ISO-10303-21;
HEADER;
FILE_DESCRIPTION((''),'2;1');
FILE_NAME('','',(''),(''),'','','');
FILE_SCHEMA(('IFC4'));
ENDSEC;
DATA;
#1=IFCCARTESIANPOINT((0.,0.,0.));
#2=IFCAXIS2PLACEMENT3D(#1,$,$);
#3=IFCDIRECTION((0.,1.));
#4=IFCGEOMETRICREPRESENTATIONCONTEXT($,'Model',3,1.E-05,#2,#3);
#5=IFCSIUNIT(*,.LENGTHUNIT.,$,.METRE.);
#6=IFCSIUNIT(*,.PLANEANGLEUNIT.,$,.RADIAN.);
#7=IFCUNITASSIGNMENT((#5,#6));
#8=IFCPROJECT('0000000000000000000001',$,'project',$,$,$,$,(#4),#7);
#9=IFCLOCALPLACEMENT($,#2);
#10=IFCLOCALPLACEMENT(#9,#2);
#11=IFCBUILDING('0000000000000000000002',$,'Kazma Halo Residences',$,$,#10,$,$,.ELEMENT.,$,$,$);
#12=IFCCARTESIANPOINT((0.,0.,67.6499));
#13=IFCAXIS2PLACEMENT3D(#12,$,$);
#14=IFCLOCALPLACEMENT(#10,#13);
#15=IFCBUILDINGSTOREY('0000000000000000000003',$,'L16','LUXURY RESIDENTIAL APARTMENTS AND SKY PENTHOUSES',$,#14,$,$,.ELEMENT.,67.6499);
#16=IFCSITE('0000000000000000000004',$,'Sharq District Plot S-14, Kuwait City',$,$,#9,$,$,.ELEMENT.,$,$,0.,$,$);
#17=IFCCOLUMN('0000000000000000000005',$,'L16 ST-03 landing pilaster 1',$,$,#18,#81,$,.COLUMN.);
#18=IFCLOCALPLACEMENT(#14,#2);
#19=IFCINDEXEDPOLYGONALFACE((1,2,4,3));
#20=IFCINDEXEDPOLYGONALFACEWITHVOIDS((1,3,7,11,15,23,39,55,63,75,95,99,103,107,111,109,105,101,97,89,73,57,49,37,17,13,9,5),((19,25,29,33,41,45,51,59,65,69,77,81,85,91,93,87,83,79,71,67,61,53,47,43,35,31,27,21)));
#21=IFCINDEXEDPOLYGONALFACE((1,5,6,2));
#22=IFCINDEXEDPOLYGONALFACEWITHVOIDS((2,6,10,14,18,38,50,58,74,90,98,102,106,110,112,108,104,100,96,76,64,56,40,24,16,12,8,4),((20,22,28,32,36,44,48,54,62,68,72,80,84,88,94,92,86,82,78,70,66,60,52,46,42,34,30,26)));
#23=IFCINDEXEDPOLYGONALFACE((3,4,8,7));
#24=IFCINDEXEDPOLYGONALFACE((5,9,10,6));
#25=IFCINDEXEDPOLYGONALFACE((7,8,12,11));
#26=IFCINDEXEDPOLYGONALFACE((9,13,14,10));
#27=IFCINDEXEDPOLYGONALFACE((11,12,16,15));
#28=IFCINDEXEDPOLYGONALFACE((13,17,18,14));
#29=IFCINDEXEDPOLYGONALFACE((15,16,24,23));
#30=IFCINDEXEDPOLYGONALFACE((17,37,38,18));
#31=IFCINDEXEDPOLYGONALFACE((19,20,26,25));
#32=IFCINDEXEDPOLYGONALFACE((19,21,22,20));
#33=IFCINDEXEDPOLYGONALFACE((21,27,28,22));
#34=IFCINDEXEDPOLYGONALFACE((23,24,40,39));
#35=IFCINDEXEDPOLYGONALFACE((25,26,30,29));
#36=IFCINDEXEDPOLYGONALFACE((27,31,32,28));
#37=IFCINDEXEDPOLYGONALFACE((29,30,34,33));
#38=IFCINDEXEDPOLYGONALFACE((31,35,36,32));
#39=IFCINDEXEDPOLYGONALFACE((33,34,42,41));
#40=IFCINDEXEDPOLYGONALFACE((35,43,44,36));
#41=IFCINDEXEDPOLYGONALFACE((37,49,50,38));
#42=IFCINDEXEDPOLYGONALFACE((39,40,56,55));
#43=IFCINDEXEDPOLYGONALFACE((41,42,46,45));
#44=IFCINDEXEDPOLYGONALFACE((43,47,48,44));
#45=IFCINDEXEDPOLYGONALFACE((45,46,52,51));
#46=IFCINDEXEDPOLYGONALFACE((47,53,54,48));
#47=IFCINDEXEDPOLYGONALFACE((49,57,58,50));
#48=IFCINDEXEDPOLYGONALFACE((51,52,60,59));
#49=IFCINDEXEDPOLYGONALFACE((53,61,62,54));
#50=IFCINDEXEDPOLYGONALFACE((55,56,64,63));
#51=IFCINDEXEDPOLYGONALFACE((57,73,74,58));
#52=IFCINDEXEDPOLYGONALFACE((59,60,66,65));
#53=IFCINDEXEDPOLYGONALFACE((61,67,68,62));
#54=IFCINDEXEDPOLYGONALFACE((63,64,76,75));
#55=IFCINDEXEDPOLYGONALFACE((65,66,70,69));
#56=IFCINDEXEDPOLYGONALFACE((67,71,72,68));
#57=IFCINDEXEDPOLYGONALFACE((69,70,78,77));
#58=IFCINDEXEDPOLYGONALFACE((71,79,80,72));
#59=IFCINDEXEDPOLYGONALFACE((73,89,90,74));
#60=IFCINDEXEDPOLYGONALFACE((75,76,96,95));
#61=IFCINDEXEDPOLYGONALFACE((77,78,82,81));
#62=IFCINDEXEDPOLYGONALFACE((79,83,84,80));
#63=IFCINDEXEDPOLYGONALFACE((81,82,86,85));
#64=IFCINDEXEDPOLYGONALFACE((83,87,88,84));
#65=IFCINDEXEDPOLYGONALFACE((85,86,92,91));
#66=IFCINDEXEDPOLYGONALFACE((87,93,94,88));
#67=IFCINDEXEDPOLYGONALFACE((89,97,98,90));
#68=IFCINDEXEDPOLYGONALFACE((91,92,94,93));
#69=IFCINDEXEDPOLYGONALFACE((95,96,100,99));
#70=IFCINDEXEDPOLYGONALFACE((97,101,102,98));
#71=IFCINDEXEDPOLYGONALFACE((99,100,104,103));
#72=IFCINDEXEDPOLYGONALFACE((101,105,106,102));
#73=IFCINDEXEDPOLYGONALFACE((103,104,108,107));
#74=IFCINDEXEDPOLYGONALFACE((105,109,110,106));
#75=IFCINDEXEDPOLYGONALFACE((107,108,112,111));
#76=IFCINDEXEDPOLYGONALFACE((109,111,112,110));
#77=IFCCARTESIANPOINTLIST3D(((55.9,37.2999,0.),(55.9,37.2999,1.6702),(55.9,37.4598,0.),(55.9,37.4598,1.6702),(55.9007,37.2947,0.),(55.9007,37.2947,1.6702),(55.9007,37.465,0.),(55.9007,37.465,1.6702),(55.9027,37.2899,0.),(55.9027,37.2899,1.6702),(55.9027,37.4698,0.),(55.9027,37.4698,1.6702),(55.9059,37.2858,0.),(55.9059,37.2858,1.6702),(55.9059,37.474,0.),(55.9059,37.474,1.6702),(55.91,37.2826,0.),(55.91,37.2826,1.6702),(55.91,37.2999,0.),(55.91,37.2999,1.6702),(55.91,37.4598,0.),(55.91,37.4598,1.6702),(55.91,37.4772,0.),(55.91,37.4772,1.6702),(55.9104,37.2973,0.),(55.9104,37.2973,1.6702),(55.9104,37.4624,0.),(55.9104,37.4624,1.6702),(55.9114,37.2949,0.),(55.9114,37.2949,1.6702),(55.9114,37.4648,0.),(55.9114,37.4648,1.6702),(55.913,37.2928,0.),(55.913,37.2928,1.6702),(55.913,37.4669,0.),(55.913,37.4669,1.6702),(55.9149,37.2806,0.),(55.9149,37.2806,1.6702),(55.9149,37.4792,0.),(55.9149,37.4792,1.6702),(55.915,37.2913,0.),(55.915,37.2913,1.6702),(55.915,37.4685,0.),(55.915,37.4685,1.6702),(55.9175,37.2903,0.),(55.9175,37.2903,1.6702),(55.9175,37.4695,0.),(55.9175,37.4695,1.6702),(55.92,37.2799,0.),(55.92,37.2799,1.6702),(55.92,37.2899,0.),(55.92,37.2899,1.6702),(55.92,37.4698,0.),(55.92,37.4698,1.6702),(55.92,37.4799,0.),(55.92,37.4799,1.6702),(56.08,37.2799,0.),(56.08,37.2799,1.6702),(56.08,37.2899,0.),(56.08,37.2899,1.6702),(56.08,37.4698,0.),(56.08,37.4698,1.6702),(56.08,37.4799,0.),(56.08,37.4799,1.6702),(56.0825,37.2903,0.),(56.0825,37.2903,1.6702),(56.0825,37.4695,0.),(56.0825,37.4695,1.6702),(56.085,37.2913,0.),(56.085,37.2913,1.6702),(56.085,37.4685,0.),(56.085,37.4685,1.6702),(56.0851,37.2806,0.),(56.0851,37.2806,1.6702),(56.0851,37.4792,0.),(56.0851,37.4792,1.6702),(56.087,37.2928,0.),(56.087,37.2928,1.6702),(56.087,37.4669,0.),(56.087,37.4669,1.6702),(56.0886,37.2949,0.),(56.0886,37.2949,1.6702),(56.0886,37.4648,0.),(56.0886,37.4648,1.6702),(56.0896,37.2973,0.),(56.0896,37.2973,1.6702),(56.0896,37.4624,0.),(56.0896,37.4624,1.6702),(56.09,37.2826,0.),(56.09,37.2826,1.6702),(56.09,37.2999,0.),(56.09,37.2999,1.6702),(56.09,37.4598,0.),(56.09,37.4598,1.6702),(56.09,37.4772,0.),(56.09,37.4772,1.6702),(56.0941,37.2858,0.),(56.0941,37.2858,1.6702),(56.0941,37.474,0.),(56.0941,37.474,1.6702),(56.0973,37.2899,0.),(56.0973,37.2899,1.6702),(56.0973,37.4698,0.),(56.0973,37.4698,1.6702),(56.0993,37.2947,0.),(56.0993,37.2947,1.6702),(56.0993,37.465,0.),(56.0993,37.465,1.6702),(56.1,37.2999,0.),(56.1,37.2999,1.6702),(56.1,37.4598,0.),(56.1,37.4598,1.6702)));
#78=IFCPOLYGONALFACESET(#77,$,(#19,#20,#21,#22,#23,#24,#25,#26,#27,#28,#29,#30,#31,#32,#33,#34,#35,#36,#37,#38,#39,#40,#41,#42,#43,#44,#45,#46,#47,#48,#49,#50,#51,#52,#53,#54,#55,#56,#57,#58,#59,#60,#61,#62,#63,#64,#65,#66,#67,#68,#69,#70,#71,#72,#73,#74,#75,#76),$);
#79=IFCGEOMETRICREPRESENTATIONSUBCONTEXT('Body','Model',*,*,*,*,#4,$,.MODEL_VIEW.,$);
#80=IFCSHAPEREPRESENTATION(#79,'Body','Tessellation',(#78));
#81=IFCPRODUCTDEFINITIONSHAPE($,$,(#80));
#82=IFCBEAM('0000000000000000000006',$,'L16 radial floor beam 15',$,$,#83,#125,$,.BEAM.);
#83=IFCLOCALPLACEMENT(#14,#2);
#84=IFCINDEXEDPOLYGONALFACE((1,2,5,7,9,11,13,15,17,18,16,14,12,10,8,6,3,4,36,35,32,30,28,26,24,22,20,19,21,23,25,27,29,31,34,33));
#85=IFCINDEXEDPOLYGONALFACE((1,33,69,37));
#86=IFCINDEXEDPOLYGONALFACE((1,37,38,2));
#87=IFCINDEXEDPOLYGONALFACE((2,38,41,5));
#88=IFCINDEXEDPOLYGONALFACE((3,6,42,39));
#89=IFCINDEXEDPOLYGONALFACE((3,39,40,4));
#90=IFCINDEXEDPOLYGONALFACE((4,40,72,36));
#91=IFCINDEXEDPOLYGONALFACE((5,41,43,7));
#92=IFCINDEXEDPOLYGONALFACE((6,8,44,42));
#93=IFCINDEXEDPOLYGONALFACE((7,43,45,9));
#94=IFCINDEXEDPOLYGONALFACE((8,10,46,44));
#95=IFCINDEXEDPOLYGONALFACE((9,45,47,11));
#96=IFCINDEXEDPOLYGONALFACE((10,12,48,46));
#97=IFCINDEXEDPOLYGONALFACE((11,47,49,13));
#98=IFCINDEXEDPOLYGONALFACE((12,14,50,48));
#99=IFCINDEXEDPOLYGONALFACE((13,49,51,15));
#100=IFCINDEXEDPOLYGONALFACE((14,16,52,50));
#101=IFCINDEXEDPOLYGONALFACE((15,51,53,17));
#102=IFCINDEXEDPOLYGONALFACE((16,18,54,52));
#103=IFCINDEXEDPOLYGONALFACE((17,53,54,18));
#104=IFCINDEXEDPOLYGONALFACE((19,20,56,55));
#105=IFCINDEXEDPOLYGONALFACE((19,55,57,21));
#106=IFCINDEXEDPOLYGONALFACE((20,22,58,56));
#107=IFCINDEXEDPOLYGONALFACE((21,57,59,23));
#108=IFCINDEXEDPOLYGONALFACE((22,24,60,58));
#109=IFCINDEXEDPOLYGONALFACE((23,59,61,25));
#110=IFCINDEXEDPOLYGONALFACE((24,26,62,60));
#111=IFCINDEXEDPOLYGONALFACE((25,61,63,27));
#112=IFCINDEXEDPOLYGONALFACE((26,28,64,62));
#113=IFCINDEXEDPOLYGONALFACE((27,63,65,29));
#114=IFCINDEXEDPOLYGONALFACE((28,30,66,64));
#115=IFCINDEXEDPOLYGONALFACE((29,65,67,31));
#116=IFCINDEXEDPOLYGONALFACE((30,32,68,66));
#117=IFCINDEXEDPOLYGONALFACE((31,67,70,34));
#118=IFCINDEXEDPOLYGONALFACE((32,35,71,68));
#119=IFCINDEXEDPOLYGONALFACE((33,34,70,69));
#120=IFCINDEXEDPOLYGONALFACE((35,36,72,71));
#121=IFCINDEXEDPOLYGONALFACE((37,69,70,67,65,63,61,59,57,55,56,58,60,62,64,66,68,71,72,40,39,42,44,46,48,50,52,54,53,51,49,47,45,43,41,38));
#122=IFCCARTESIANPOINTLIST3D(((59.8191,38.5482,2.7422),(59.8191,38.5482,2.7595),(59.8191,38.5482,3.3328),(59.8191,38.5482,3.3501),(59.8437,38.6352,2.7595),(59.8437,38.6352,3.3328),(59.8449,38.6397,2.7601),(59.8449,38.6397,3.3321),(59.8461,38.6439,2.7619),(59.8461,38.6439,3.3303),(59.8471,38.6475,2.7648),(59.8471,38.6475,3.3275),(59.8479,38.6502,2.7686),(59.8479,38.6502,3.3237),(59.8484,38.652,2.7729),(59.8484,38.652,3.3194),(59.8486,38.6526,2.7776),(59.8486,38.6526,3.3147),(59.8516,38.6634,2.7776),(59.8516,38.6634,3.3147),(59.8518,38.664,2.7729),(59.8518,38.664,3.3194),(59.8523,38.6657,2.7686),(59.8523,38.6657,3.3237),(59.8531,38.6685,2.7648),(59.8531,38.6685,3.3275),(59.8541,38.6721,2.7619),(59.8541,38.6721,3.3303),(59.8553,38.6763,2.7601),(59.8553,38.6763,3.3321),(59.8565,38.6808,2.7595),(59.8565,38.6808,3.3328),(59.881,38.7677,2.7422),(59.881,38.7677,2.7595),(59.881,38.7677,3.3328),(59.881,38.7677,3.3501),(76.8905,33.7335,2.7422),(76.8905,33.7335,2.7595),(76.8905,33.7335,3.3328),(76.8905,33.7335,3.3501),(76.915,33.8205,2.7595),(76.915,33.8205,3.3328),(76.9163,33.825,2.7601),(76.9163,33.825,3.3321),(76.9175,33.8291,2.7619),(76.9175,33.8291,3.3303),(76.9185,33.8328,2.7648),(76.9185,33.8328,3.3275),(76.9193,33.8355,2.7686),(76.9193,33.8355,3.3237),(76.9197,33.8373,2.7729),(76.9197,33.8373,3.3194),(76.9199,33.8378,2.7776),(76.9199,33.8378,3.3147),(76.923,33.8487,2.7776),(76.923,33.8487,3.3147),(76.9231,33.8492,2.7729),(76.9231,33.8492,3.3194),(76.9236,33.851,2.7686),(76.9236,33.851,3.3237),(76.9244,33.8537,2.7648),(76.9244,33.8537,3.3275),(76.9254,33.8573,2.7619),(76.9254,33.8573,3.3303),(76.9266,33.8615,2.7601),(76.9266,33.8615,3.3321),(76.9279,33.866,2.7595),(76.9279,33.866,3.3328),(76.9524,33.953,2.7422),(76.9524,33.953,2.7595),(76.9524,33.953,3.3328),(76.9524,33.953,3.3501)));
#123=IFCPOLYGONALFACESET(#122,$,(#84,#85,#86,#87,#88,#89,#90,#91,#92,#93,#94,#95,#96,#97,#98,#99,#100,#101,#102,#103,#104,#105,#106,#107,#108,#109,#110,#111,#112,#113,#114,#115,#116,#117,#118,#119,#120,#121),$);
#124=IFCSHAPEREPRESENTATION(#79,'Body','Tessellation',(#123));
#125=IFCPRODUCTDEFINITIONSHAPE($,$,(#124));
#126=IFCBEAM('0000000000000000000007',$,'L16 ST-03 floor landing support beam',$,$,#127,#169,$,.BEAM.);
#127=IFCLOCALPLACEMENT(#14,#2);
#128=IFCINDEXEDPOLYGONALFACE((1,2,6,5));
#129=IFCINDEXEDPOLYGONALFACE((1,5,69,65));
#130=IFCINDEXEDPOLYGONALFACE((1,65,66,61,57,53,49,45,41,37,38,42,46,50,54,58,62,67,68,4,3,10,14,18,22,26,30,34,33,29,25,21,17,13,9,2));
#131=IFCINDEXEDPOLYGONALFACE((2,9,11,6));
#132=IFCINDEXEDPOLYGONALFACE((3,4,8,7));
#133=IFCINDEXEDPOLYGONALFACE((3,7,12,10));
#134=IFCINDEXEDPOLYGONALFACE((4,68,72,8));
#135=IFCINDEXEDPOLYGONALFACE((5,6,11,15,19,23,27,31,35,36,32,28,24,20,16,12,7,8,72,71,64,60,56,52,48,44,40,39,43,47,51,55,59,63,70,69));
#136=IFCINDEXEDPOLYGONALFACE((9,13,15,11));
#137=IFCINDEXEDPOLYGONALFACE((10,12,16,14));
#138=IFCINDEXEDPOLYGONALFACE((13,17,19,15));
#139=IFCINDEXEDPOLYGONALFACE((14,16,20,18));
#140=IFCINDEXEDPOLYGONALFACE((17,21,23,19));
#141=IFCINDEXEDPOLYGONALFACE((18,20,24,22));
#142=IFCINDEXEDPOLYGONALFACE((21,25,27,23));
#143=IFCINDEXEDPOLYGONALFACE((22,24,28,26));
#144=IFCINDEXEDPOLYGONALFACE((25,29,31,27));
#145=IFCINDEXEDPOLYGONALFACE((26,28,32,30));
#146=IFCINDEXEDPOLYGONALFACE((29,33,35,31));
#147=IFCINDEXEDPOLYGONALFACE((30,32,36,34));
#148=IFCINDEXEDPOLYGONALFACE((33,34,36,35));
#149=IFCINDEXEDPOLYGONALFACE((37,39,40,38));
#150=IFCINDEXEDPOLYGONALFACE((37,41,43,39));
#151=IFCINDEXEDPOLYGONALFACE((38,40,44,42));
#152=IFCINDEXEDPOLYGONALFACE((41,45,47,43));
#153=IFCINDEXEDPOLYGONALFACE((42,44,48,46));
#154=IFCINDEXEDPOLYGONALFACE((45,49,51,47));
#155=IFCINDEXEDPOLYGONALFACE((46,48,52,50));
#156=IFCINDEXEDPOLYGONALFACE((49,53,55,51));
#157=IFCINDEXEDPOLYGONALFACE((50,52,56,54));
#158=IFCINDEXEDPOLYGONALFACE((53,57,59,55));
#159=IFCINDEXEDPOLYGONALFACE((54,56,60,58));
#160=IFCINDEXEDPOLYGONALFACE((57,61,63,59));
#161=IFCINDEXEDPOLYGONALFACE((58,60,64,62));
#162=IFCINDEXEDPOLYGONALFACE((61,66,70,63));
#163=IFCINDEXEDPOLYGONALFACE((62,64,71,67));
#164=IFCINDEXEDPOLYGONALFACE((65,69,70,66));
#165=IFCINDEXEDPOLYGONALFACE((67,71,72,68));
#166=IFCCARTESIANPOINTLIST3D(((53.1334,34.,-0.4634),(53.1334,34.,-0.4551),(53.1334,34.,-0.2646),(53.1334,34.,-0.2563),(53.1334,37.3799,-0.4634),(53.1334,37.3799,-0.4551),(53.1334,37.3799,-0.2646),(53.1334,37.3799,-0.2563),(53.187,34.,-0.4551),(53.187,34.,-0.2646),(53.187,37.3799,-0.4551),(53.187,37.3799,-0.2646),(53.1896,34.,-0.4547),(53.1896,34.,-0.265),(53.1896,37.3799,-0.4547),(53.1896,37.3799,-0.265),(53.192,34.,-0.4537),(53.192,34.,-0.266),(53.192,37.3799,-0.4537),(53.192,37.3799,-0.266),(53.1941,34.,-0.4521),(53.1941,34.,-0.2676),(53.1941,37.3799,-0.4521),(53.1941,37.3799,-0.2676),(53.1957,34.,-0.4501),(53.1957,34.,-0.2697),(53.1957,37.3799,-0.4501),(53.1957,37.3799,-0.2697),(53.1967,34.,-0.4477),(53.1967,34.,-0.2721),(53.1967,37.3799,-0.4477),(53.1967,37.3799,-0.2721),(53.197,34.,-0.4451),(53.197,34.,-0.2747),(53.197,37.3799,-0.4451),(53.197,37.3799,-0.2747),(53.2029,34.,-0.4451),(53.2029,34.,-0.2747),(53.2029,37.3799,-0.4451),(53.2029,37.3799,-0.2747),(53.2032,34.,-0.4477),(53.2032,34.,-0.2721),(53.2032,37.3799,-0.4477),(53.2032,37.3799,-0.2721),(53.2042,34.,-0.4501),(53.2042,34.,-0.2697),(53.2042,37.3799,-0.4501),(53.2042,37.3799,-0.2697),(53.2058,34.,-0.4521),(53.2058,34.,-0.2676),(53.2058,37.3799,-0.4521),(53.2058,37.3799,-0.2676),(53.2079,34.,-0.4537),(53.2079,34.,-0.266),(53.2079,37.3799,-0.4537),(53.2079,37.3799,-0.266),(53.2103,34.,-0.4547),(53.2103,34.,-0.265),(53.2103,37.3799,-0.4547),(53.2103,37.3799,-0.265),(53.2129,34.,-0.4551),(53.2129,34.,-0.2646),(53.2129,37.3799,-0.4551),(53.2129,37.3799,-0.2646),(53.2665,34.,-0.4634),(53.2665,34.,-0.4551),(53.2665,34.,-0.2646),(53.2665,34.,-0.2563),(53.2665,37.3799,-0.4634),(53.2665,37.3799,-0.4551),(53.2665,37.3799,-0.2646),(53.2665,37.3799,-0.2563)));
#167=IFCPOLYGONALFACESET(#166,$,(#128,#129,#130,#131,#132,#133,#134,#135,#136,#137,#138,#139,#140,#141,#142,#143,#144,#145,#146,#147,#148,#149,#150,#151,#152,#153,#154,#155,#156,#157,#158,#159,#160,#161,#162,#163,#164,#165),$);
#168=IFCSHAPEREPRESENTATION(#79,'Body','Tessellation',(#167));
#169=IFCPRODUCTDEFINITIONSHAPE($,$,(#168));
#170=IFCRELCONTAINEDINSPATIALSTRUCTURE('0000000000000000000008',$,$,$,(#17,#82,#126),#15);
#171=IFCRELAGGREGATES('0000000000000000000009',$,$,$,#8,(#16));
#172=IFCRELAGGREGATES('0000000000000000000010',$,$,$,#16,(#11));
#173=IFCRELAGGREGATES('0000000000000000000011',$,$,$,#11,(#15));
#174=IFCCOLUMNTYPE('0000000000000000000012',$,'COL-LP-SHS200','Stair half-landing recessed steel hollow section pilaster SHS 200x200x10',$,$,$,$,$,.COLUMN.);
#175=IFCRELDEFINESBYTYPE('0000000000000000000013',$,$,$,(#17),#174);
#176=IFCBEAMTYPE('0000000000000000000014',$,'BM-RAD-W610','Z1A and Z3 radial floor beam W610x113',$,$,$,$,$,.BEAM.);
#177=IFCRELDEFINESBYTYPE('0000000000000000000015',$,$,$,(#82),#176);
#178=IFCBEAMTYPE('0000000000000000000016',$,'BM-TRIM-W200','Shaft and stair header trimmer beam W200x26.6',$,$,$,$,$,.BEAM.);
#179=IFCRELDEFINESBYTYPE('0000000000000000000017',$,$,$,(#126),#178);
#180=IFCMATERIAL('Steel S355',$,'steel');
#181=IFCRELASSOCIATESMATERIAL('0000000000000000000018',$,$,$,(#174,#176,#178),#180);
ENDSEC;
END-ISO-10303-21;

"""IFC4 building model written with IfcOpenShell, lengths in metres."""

from ifc_helpers import new_model, si_unit, direction, frame, origin, origin_2d, place, context, subcontext, project, spatial, hollow_rectangle, i_section, extrude, material, material_profile, profile_set, type_object, element, save


model = new_model("IFC4")

# Units and contexts
model_context = context("Model", 3, precision=1e-05, world=origin(), true_north=direction((0.0, 1.0)))
body_context = subcontext(model_context, "Body", "Model", "MODEL_VIEW")
ifc_project = project(units=[si_unit("LENGTHUNIT", "METRE"), si_unit("PLANEANGLEUNIT", "RADIAN")], contexts=[model_context])

# Site, building, storey
site_placement = place(None, origin())
site = spatial("IfcSite", under=ifc_project, at=site_placement, Name="Sharq District Plot S-14, Kuwait City", CompositionType="ELEMENT", RefElevation=0.0)
building_placement = place(site_placement, origin())
building = spatial("IfcBuilding", under=site, at=building_placement, Name="Kazma Halo Residences", CompositionType="ELEMENT")
storey_placement = place(building_placement, frame((0.0, 0.0, 67.6499)))
storey = spatial("IfcBuildingStorey", under=building, at=storey_placement, Name="L16", Description="LUXURY RESIDENTIAL APARTMENTS AND SKY PENTHOUSES", CompositionType="ELEMENT", Elevation=67.6499)

# Column
ifc_material_1 = material(Name="Steel S355", Category="steel")
ifc_material_profile_1 = material_profile(ifc_material_1, hollow_rectangle(XDim=0.2, YDim=0.2, WallThickness=0.01, InnerFilletRadius=0.01, OuterFilletRadius=0.02, at=origin_2d()), Name="SHS200x200x10")
ifc_profile_set_1 = profile_set([ifc_material_profile_1], Name="Steel S355")
column_type = type_object("IfcColumnType", Name="COL-LP-SHS200", Description="Stair half-landing recessed steel hollow section pilaster SHS 200x200x10", PredefinedType="COLUMN", material=ifc_profile_set_1)
column_placement = place(storey_placement, frame((56.0, 37.3799, 0.0), z_axis=(0.0, 0.0, 1.0), x_axis=(1.0, 0.0, 0.0)))
element("IfcColumn", 1, at=column_placement, inside=storey, type_object=column_type, Name="L16 ST-03 landing pilaster 1", PredefinedType="COLUMN", context=body_context, shape_type="SweptSolid", body=[
    extrude(hollow_rectangle(XDim=0.2, YDim=0.2, WallThickness=0.01, InnerFilletRadius=0.01, OuterFilletRadius=0.02, at=origin_2d()), origin(), (0.0, 0.0, 1.0), 1.6702),
])

# Beams
ifc_material_profile_2 = material_profile(ifc_material_1, i_section(OverallWidth=0.228, OverallDepth=0.6079, WebThickness=0.0112, FlangeThickness=0.0173, FilletRadius=0.0181, at=origin_2d()), Name="W610x113")
ifc_profile_set_2 = profile_set([ifc_material_profile_2], Name="Steel S355")
beam_type_1 = type_object("IfcBeamType", Name="BM-RAD-W610", Description="Z1A and Z3 radial floor beam W610x113", PredefinedType="BEAM", material=ifc_profile_set_2)
beam_1_placement = place(storey_placement, frame((59.8501, 38.658, 3.0461), z_axis=(0.962454, -0.271445, 0.0), x_axis=(0.271445, 0.962454, 0.0)))
element("IfcBeam", 2, at=beam_1_placement, inside=storey, type_object=beam_type_1, Name="L16 radial floor beam 15", PredefinedType="BEAM", context=body_context, shape_type="SweptSolid", body=[
    extrude(i_section(OverallWidth=0.228, OverallDepth=0.6079, WebThickness=0.0112, FlangeThickness=0.0173, FilletRadius=0.0181, at=origin_2d()), origin(), (0.0, 0.0, 1.0), 17.7373),
])
ifc_material_profile_3 = material_profile(ifc_material_1, i_section(OverallWidth=0.1331, OverallDepth=0.207, WebThickness=0.0059, FlangeThickness=0.0083, FilletRadius=0.01, at=origin_2d()), Name="W200x26.6")
ifc_profile_set_3 = profile_set([ifc_material_profile_3], Name="Steel S355")
beam_type_2 = type_object("IfcBeamType", Name="BM-TRIM-W200", Description="Shaft and stair header trimmer beam W200x26.6", PredefinedType="BEAM", material=ifc_profile_set_3)
beam_2_placement = place(storey_placement, frame((53.2, 34.0, -0.3599), z_axis=(0.0, 1.0, 0.0), x_axis=(-1.0, 0.0, 0.0)))
element("IfcBeam", 3, at=beam_2_placement, inside=storey, type_object=beam_type_2, Name="L16 ST-03 floor landing support beam", PredefinedType="BEAM", context=body_context, shape_type="SweptSolid", body=[
    extrude(i_section(OverallWidth=0.1331, OverallDepth=0.207, WebThickness=0.0059, FlangeThickness=0.0083, FilletRadius=0.01, at=origin_2d()), origin(), (0.0, 0.0, 1.0), 3.3799),
])

save(model, "model.ifc")
